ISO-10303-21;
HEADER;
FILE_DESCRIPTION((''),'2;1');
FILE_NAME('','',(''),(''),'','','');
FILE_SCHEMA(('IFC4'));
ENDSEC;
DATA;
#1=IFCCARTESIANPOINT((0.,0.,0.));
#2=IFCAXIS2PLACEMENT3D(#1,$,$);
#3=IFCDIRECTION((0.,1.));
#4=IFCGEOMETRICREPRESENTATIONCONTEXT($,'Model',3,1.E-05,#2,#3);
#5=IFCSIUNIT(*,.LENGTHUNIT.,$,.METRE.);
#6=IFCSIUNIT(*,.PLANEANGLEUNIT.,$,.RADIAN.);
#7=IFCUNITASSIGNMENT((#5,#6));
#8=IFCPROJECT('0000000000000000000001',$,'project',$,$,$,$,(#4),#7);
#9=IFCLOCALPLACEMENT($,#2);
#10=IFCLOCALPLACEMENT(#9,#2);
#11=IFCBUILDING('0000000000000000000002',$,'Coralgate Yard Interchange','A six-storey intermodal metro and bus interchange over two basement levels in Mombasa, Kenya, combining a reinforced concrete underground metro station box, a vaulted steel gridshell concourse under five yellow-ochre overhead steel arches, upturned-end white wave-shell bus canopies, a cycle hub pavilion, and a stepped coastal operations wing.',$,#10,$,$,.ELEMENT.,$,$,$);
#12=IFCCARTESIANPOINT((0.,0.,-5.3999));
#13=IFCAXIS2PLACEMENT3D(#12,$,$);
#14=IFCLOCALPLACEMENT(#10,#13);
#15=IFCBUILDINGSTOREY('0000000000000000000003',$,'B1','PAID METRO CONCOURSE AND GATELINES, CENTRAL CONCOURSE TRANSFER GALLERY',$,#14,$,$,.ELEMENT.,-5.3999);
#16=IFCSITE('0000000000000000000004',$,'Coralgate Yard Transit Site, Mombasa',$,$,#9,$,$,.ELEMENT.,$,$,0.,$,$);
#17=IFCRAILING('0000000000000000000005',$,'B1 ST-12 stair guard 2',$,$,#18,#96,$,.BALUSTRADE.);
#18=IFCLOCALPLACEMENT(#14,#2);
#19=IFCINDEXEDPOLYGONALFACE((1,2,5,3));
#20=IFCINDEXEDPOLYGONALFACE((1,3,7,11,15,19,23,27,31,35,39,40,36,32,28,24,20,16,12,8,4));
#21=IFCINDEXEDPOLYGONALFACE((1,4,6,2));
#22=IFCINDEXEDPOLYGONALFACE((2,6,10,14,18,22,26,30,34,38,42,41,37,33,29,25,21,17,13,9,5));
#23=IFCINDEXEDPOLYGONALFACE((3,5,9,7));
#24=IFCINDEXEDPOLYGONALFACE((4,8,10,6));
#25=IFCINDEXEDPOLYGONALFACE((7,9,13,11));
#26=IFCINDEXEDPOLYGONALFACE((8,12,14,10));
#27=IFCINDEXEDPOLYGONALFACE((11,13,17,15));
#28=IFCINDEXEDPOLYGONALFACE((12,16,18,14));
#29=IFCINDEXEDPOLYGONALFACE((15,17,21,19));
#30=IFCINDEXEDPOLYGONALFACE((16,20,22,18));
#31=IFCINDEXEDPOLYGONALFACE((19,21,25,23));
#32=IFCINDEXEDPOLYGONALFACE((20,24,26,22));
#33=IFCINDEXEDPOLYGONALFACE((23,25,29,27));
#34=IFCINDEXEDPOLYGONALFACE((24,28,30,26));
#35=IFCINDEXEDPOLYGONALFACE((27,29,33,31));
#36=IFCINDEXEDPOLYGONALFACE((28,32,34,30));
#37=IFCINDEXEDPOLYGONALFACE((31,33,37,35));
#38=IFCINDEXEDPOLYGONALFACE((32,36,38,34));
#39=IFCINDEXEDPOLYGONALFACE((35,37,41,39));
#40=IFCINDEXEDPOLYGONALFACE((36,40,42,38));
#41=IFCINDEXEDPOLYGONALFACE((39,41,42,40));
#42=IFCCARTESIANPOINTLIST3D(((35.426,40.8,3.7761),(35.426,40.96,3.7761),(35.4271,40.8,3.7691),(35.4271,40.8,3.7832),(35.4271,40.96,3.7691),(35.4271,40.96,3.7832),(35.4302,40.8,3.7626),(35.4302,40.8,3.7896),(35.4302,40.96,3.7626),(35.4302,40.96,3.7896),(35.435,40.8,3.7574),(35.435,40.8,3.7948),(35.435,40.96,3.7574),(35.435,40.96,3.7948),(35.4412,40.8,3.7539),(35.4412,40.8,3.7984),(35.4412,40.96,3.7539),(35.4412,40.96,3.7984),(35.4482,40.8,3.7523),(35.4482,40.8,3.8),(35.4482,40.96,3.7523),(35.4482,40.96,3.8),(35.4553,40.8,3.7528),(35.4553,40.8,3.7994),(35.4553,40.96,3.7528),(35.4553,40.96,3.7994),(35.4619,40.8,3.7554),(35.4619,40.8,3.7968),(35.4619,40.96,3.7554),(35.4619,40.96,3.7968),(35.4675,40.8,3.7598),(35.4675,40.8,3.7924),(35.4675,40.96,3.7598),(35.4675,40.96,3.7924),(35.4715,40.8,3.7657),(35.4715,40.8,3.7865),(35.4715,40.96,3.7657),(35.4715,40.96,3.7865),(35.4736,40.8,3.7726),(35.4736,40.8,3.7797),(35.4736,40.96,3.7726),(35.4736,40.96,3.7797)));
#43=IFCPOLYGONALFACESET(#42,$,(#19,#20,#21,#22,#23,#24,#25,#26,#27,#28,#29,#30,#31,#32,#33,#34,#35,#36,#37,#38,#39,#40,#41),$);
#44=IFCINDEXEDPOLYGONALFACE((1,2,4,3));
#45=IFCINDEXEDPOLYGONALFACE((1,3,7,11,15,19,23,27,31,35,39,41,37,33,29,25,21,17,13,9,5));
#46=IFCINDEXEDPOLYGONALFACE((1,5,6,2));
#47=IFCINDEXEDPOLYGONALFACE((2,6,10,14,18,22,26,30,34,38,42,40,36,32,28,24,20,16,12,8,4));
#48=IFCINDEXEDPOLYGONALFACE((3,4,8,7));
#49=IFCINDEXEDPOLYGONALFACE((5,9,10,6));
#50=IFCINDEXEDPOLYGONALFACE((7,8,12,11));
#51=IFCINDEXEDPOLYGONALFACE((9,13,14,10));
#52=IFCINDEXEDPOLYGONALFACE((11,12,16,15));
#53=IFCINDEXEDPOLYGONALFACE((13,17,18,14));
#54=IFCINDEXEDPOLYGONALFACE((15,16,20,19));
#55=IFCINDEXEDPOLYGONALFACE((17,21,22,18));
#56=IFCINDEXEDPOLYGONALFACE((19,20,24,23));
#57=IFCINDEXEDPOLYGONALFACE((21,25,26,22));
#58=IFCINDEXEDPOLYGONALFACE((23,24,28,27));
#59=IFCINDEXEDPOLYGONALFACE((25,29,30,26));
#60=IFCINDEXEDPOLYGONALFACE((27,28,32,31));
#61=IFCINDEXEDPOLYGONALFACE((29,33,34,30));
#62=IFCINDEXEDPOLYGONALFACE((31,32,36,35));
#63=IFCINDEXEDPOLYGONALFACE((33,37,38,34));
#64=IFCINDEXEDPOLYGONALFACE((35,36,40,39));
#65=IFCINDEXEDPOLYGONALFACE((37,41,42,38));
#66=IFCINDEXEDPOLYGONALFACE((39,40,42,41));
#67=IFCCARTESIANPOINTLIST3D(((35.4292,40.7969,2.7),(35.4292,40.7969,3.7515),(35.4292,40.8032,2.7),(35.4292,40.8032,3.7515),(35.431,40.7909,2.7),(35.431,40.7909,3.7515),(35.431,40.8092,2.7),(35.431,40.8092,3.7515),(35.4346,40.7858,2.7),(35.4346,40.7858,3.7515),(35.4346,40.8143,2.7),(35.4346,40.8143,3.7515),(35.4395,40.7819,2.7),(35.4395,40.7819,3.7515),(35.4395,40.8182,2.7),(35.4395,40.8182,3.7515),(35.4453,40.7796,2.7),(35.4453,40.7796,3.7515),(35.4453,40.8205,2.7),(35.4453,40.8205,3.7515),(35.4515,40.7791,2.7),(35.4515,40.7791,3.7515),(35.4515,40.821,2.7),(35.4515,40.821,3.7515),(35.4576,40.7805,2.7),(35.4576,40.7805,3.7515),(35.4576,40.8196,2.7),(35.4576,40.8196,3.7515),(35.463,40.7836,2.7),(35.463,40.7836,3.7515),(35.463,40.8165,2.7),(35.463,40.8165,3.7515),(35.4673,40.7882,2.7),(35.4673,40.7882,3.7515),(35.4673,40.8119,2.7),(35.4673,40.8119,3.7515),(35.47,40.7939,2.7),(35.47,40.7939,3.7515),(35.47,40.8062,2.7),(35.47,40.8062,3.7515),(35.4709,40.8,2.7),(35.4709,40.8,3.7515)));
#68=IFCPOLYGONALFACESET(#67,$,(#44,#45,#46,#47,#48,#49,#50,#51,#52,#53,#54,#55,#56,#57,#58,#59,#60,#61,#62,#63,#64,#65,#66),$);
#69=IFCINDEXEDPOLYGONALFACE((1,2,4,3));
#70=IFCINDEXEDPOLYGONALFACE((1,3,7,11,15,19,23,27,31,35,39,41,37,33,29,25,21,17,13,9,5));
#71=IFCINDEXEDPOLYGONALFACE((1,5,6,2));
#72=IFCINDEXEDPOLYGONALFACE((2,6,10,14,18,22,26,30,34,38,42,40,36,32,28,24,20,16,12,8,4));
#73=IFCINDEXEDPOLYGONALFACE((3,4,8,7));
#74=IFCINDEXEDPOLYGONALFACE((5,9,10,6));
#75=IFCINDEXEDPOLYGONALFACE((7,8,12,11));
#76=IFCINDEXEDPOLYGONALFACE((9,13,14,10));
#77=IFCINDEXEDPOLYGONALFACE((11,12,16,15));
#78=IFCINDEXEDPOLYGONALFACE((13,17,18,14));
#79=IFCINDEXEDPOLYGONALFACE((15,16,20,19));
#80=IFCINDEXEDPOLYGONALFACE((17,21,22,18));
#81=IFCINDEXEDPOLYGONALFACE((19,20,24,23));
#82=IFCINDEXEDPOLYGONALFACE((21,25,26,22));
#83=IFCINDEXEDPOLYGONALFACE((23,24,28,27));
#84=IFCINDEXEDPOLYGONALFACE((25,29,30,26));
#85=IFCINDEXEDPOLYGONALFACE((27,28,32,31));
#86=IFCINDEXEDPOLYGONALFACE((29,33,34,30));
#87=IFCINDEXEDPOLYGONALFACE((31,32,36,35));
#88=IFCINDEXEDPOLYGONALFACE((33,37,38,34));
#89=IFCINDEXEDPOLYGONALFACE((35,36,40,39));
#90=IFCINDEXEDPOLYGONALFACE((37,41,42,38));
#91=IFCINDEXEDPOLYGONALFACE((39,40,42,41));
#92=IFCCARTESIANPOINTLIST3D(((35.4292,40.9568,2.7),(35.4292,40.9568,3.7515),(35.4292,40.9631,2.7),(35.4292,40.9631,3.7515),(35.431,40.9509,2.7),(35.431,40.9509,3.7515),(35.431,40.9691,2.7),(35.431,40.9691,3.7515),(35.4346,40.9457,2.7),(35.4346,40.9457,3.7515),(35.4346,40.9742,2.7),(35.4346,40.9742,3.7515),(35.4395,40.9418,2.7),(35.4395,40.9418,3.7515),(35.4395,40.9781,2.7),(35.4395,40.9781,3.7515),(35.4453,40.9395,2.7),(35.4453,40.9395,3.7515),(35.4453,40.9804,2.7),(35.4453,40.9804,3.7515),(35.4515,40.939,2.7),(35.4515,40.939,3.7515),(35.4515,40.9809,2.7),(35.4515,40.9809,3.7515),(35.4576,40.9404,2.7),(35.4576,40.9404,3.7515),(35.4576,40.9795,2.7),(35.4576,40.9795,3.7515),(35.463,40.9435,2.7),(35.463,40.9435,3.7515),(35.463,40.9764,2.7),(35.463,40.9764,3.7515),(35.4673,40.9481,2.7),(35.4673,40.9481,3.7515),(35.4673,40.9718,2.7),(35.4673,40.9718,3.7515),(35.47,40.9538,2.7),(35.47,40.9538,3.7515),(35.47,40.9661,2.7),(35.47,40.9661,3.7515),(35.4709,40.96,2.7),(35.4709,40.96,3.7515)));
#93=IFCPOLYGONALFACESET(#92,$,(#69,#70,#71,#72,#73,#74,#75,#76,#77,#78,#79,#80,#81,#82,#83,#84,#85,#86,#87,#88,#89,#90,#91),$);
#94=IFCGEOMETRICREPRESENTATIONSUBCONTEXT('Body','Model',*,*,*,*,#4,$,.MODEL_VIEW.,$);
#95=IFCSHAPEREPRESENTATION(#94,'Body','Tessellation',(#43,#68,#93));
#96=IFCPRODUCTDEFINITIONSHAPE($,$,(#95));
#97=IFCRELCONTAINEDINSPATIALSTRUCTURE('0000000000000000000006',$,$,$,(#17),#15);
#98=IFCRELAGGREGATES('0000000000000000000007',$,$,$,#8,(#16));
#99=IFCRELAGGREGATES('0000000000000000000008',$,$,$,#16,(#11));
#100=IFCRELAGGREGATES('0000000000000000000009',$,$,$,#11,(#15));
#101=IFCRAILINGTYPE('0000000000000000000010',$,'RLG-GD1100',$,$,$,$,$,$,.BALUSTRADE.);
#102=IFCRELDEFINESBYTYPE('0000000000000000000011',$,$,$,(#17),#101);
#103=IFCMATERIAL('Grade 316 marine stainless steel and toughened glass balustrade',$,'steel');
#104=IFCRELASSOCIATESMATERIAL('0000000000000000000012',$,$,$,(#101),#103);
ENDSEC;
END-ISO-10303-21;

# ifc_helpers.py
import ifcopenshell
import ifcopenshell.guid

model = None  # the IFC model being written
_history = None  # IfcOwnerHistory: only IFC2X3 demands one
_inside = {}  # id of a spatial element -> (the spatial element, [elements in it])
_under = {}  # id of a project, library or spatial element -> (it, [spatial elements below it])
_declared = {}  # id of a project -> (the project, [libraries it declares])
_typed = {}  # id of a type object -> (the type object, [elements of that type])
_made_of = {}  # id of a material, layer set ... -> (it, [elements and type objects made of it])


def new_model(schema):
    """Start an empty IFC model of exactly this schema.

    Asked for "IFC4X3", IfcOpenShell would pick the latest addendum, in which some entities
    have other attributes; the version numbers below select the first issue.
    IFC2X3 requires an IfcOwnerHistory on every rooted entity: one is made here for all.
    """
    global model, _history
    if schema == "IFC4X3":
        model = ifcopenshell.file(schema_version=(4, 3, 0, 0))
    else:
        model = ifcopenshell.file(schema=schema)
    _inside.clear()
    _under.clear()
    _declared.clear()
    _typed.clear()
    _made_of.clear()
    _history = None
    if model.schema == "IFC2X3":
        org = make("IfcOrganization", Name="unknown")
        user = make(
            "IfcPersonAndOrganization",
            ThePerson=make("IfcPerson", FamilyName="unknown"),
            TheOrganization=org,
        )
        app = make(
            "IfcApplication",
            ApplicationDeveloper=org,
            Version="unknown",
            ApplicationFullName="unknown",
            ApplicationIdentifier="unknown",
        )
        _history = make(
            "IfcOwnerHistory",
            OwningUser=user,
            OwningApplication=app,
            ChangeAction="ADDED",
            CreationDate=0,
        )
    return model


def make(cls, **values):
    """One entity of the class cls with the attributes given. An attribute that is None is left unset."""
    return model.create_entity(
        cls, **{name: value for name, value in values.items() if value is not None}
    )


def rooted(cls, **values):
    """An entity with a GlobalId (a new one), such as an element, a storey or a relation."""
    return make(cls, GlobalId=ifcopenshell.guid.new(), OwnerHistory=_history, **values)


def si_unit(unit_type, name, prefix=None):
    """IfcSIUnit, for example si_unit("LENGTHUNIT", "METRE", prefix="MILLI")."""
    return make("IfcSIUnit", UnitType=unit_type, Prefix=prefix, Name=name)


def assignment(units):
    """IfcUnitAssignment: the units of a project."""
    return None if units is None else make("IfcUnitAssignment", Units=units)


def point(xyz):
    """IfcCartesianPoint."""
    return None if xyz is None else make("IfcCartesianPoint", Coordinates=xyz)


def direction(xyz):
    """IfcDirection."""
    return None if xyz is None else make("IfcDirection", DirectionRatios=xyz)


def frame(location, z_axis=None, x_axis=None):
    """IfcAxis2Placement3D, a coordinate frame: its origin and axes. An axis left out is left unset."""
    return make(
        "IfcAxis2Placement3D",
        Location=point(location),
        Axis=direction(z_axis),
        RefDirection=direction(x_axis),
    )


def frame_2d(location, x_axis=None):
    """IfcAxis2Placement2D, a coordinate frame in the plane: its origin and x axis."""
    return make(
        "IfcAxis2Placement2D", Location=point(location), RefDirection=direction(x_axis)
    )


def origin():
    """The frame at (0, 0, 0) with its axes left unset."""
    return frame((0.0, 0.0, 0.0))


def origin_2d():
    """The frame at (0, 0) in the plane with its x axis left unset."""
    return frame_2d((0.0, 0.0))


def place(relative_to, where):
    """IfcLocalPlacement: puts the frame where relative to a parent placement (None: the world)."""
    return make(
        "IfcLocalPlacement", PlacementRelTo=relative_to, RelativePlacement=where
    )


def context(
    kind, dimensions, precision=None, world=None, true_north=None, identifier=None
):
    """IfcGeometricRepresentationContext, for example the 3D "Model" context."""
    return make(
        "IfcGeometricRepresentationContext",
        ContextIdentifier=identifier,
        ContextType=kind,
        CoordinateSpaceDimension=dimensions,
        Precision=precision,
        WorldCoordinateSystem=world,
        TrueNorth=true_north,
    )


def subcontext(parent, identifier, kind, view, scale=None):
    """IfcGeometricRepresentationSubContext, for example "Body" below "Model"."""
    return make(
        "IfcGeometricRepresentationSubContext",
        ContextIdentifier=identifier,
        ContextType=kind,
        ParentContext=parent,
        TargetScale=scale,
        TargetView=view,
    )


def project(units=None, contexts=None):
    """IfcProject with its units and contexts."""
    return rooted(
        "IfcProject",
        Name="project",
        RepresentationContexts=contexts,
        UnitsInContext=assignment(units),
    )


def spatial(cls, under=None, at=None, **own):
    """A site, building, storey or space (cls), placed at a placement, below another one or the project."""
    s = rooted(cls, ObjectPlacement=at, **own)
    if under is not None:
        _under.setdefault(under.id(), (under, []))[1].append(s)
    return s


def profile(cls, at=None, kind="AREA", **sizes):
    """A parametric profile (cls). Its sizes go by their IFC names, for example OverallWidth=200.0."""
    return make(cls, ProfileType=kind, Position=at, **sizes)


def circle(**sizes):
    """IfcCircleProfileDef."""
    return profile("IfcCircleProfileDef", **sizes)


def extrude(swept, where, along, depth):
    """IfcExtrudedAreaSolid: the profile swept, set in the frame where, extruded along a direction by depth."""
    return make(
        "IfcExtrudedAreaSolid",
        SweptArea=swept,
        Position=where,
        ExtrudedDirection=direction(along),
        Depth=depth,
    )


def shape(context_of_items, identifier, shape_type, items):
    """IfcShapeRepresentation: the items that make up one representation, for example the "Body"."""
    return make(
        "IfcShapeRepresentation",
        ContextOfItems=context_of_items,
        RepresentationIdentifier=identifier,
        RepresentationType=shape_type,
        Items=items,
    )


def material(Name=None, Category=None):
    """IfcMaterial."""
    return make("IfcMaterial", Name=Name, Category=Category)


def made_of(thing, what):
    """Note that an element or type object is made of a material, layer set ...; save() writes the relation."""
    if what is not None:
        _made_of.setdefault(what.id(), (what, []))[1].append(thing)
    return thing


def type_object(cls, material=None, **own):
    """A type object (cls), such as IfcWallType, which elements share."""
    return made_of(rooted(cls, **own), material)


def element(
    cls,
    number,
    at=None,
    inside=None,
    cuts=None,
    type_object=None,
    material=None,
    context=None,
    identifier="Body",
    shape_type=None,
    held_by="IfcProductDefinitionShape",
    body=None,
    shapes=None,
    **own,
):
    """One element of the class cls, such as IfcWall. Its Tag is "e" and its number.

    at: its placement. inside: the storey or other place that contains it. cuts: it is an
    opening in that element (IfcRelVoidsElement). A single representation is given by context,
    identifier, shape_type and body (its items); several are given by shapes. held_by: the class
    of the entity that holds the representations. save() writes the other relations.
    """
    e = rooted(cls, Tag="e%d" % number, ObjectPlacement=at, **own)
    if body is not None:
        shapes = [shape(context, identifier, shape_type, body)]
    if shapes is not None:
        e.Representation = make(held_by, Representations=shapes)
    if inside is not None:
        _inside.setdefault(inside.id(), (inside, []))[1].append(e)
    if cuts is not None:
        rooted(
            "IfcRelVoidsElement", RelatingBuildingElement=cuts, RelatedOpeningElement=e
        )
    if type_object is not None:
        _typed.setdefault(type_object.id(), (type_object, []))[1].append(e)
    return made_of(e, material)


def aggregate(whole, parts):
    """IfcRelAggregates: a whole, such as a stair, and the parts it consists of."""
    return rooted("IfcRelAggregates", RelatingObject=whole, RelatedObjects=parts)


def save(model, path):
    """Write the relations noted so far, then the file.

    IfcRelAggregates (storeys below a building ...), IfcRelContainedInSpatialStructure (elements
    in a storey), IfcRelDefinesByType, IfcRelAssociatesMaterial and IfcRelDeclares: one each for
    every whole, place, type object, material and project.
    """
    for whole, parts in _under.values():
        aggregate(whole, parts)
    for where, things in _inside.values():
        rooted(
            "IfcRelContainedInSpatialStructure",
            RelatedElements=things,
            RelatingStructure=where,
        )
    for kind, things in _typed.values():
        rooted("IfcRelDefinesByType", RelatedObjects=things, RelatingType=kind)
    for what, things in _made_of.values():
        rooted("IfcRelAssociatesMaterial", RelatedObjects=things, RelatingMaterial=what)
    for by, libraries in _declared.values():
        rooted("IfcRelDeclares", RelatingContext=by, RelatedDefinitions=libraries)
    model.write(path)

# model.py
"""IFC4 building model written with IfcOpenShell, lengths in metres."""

from ifc_helpers import new_model, si_unit, direction, frame, origin, origin_2d, place, context, subcontext, project, spatial, circle, extrude, material, type_object, element, save


model = new_model("IFC4")

# Units and contexts
model_context = context("Model", 3, precision=1e-05, world=origin(), true_north=direction((0.0, 1.0)))
body_context = subcontext(model_context, "Body", "Model", "MODEL_VIEW")
ifc_project = project(units=[si_unit("LENGTHUNIT", "METRE"), si_unit("PLANEANGLEUNIT", "RADIAN")], contexts=[model_context])

# Site, building, storey
site_placement = place(None, origin())
site = spatial("IfcSite", under=ifc_project, at=site_placement, Name="Coralgate Yard Transit Site, Mombasa", CompositionType="ELEMENT", RefElevation=0.0)
building_placement = place(site_placement, origin())
building = spatial("IfcBuilding", under=site, at=building_placement, Name="Coralgate Yard Interchange", Description="A six-storey intermodal metro and bus interchange over two basement levels in Mombasa, Kenya, combining a reinforced concrete underground metro station box, a vaulted steel gridshell concourse under five yellow-ochre overhead steel arches, upturned-end white wave-shell bus canopies, a cycle hub pavilion, and a stepped coastal operations wing.", CompositionType="ELEMENT")
storey_placement = place(building_placement, frame((0.0, 0.0, -5.3999)))
storey = spatial("IfcBuildingStorey", under=building, at=storey_placement, Name="B1", Description="PAID METRO CONCOURSE AND GATELINES, CENTRAL CONCOURSE TRANSFER GALLERY", CompositionType="ELEMENT", Elevation=-5.3999)

# Railing
ifc_material_1 = material(Name="Grade 316 marine stainless steel and toughened glass balustrade", Category="steel")
railing_type_1 = type_object("IfcRailingType", Name="RLG-GD1100", PredefinedType="BALUSTRADE", material=ifc_material_1)
railing_1_placement = place(storey_placement, frame((35.45, 40.8, 2.7)))
element("IfcRailing", 1, at=railing_1_placement, inside=storey, type_object=railing_type_1, Name="B1 ST-12 stair guard 2", PredefinedType="BALUSTRADE", context=body_context, shape_type="SweptSolid", body=[
    extrude(circle(Radius=0.0239, at=origin_2d()), frame((0.0, 0.0, 1.0762), z_axis=(0.0, 1.0, 0.0), x_axis=(-1.0, 0.0, 0.0)), (0.0, 0.0, 1.0), 0.1599),
    extrude(circle(Radius=0.021, at=origin_2d()), origin(), (0.0, 0.0, 1.0), 1.0515),
    extrude(circle(Radius=0.021, at=origin_2d()), frame((0.0, 0.1599, 0.0)), (0.0, 0.0, 1.0), 1.0515),
])

save(model, "model.ifc")
